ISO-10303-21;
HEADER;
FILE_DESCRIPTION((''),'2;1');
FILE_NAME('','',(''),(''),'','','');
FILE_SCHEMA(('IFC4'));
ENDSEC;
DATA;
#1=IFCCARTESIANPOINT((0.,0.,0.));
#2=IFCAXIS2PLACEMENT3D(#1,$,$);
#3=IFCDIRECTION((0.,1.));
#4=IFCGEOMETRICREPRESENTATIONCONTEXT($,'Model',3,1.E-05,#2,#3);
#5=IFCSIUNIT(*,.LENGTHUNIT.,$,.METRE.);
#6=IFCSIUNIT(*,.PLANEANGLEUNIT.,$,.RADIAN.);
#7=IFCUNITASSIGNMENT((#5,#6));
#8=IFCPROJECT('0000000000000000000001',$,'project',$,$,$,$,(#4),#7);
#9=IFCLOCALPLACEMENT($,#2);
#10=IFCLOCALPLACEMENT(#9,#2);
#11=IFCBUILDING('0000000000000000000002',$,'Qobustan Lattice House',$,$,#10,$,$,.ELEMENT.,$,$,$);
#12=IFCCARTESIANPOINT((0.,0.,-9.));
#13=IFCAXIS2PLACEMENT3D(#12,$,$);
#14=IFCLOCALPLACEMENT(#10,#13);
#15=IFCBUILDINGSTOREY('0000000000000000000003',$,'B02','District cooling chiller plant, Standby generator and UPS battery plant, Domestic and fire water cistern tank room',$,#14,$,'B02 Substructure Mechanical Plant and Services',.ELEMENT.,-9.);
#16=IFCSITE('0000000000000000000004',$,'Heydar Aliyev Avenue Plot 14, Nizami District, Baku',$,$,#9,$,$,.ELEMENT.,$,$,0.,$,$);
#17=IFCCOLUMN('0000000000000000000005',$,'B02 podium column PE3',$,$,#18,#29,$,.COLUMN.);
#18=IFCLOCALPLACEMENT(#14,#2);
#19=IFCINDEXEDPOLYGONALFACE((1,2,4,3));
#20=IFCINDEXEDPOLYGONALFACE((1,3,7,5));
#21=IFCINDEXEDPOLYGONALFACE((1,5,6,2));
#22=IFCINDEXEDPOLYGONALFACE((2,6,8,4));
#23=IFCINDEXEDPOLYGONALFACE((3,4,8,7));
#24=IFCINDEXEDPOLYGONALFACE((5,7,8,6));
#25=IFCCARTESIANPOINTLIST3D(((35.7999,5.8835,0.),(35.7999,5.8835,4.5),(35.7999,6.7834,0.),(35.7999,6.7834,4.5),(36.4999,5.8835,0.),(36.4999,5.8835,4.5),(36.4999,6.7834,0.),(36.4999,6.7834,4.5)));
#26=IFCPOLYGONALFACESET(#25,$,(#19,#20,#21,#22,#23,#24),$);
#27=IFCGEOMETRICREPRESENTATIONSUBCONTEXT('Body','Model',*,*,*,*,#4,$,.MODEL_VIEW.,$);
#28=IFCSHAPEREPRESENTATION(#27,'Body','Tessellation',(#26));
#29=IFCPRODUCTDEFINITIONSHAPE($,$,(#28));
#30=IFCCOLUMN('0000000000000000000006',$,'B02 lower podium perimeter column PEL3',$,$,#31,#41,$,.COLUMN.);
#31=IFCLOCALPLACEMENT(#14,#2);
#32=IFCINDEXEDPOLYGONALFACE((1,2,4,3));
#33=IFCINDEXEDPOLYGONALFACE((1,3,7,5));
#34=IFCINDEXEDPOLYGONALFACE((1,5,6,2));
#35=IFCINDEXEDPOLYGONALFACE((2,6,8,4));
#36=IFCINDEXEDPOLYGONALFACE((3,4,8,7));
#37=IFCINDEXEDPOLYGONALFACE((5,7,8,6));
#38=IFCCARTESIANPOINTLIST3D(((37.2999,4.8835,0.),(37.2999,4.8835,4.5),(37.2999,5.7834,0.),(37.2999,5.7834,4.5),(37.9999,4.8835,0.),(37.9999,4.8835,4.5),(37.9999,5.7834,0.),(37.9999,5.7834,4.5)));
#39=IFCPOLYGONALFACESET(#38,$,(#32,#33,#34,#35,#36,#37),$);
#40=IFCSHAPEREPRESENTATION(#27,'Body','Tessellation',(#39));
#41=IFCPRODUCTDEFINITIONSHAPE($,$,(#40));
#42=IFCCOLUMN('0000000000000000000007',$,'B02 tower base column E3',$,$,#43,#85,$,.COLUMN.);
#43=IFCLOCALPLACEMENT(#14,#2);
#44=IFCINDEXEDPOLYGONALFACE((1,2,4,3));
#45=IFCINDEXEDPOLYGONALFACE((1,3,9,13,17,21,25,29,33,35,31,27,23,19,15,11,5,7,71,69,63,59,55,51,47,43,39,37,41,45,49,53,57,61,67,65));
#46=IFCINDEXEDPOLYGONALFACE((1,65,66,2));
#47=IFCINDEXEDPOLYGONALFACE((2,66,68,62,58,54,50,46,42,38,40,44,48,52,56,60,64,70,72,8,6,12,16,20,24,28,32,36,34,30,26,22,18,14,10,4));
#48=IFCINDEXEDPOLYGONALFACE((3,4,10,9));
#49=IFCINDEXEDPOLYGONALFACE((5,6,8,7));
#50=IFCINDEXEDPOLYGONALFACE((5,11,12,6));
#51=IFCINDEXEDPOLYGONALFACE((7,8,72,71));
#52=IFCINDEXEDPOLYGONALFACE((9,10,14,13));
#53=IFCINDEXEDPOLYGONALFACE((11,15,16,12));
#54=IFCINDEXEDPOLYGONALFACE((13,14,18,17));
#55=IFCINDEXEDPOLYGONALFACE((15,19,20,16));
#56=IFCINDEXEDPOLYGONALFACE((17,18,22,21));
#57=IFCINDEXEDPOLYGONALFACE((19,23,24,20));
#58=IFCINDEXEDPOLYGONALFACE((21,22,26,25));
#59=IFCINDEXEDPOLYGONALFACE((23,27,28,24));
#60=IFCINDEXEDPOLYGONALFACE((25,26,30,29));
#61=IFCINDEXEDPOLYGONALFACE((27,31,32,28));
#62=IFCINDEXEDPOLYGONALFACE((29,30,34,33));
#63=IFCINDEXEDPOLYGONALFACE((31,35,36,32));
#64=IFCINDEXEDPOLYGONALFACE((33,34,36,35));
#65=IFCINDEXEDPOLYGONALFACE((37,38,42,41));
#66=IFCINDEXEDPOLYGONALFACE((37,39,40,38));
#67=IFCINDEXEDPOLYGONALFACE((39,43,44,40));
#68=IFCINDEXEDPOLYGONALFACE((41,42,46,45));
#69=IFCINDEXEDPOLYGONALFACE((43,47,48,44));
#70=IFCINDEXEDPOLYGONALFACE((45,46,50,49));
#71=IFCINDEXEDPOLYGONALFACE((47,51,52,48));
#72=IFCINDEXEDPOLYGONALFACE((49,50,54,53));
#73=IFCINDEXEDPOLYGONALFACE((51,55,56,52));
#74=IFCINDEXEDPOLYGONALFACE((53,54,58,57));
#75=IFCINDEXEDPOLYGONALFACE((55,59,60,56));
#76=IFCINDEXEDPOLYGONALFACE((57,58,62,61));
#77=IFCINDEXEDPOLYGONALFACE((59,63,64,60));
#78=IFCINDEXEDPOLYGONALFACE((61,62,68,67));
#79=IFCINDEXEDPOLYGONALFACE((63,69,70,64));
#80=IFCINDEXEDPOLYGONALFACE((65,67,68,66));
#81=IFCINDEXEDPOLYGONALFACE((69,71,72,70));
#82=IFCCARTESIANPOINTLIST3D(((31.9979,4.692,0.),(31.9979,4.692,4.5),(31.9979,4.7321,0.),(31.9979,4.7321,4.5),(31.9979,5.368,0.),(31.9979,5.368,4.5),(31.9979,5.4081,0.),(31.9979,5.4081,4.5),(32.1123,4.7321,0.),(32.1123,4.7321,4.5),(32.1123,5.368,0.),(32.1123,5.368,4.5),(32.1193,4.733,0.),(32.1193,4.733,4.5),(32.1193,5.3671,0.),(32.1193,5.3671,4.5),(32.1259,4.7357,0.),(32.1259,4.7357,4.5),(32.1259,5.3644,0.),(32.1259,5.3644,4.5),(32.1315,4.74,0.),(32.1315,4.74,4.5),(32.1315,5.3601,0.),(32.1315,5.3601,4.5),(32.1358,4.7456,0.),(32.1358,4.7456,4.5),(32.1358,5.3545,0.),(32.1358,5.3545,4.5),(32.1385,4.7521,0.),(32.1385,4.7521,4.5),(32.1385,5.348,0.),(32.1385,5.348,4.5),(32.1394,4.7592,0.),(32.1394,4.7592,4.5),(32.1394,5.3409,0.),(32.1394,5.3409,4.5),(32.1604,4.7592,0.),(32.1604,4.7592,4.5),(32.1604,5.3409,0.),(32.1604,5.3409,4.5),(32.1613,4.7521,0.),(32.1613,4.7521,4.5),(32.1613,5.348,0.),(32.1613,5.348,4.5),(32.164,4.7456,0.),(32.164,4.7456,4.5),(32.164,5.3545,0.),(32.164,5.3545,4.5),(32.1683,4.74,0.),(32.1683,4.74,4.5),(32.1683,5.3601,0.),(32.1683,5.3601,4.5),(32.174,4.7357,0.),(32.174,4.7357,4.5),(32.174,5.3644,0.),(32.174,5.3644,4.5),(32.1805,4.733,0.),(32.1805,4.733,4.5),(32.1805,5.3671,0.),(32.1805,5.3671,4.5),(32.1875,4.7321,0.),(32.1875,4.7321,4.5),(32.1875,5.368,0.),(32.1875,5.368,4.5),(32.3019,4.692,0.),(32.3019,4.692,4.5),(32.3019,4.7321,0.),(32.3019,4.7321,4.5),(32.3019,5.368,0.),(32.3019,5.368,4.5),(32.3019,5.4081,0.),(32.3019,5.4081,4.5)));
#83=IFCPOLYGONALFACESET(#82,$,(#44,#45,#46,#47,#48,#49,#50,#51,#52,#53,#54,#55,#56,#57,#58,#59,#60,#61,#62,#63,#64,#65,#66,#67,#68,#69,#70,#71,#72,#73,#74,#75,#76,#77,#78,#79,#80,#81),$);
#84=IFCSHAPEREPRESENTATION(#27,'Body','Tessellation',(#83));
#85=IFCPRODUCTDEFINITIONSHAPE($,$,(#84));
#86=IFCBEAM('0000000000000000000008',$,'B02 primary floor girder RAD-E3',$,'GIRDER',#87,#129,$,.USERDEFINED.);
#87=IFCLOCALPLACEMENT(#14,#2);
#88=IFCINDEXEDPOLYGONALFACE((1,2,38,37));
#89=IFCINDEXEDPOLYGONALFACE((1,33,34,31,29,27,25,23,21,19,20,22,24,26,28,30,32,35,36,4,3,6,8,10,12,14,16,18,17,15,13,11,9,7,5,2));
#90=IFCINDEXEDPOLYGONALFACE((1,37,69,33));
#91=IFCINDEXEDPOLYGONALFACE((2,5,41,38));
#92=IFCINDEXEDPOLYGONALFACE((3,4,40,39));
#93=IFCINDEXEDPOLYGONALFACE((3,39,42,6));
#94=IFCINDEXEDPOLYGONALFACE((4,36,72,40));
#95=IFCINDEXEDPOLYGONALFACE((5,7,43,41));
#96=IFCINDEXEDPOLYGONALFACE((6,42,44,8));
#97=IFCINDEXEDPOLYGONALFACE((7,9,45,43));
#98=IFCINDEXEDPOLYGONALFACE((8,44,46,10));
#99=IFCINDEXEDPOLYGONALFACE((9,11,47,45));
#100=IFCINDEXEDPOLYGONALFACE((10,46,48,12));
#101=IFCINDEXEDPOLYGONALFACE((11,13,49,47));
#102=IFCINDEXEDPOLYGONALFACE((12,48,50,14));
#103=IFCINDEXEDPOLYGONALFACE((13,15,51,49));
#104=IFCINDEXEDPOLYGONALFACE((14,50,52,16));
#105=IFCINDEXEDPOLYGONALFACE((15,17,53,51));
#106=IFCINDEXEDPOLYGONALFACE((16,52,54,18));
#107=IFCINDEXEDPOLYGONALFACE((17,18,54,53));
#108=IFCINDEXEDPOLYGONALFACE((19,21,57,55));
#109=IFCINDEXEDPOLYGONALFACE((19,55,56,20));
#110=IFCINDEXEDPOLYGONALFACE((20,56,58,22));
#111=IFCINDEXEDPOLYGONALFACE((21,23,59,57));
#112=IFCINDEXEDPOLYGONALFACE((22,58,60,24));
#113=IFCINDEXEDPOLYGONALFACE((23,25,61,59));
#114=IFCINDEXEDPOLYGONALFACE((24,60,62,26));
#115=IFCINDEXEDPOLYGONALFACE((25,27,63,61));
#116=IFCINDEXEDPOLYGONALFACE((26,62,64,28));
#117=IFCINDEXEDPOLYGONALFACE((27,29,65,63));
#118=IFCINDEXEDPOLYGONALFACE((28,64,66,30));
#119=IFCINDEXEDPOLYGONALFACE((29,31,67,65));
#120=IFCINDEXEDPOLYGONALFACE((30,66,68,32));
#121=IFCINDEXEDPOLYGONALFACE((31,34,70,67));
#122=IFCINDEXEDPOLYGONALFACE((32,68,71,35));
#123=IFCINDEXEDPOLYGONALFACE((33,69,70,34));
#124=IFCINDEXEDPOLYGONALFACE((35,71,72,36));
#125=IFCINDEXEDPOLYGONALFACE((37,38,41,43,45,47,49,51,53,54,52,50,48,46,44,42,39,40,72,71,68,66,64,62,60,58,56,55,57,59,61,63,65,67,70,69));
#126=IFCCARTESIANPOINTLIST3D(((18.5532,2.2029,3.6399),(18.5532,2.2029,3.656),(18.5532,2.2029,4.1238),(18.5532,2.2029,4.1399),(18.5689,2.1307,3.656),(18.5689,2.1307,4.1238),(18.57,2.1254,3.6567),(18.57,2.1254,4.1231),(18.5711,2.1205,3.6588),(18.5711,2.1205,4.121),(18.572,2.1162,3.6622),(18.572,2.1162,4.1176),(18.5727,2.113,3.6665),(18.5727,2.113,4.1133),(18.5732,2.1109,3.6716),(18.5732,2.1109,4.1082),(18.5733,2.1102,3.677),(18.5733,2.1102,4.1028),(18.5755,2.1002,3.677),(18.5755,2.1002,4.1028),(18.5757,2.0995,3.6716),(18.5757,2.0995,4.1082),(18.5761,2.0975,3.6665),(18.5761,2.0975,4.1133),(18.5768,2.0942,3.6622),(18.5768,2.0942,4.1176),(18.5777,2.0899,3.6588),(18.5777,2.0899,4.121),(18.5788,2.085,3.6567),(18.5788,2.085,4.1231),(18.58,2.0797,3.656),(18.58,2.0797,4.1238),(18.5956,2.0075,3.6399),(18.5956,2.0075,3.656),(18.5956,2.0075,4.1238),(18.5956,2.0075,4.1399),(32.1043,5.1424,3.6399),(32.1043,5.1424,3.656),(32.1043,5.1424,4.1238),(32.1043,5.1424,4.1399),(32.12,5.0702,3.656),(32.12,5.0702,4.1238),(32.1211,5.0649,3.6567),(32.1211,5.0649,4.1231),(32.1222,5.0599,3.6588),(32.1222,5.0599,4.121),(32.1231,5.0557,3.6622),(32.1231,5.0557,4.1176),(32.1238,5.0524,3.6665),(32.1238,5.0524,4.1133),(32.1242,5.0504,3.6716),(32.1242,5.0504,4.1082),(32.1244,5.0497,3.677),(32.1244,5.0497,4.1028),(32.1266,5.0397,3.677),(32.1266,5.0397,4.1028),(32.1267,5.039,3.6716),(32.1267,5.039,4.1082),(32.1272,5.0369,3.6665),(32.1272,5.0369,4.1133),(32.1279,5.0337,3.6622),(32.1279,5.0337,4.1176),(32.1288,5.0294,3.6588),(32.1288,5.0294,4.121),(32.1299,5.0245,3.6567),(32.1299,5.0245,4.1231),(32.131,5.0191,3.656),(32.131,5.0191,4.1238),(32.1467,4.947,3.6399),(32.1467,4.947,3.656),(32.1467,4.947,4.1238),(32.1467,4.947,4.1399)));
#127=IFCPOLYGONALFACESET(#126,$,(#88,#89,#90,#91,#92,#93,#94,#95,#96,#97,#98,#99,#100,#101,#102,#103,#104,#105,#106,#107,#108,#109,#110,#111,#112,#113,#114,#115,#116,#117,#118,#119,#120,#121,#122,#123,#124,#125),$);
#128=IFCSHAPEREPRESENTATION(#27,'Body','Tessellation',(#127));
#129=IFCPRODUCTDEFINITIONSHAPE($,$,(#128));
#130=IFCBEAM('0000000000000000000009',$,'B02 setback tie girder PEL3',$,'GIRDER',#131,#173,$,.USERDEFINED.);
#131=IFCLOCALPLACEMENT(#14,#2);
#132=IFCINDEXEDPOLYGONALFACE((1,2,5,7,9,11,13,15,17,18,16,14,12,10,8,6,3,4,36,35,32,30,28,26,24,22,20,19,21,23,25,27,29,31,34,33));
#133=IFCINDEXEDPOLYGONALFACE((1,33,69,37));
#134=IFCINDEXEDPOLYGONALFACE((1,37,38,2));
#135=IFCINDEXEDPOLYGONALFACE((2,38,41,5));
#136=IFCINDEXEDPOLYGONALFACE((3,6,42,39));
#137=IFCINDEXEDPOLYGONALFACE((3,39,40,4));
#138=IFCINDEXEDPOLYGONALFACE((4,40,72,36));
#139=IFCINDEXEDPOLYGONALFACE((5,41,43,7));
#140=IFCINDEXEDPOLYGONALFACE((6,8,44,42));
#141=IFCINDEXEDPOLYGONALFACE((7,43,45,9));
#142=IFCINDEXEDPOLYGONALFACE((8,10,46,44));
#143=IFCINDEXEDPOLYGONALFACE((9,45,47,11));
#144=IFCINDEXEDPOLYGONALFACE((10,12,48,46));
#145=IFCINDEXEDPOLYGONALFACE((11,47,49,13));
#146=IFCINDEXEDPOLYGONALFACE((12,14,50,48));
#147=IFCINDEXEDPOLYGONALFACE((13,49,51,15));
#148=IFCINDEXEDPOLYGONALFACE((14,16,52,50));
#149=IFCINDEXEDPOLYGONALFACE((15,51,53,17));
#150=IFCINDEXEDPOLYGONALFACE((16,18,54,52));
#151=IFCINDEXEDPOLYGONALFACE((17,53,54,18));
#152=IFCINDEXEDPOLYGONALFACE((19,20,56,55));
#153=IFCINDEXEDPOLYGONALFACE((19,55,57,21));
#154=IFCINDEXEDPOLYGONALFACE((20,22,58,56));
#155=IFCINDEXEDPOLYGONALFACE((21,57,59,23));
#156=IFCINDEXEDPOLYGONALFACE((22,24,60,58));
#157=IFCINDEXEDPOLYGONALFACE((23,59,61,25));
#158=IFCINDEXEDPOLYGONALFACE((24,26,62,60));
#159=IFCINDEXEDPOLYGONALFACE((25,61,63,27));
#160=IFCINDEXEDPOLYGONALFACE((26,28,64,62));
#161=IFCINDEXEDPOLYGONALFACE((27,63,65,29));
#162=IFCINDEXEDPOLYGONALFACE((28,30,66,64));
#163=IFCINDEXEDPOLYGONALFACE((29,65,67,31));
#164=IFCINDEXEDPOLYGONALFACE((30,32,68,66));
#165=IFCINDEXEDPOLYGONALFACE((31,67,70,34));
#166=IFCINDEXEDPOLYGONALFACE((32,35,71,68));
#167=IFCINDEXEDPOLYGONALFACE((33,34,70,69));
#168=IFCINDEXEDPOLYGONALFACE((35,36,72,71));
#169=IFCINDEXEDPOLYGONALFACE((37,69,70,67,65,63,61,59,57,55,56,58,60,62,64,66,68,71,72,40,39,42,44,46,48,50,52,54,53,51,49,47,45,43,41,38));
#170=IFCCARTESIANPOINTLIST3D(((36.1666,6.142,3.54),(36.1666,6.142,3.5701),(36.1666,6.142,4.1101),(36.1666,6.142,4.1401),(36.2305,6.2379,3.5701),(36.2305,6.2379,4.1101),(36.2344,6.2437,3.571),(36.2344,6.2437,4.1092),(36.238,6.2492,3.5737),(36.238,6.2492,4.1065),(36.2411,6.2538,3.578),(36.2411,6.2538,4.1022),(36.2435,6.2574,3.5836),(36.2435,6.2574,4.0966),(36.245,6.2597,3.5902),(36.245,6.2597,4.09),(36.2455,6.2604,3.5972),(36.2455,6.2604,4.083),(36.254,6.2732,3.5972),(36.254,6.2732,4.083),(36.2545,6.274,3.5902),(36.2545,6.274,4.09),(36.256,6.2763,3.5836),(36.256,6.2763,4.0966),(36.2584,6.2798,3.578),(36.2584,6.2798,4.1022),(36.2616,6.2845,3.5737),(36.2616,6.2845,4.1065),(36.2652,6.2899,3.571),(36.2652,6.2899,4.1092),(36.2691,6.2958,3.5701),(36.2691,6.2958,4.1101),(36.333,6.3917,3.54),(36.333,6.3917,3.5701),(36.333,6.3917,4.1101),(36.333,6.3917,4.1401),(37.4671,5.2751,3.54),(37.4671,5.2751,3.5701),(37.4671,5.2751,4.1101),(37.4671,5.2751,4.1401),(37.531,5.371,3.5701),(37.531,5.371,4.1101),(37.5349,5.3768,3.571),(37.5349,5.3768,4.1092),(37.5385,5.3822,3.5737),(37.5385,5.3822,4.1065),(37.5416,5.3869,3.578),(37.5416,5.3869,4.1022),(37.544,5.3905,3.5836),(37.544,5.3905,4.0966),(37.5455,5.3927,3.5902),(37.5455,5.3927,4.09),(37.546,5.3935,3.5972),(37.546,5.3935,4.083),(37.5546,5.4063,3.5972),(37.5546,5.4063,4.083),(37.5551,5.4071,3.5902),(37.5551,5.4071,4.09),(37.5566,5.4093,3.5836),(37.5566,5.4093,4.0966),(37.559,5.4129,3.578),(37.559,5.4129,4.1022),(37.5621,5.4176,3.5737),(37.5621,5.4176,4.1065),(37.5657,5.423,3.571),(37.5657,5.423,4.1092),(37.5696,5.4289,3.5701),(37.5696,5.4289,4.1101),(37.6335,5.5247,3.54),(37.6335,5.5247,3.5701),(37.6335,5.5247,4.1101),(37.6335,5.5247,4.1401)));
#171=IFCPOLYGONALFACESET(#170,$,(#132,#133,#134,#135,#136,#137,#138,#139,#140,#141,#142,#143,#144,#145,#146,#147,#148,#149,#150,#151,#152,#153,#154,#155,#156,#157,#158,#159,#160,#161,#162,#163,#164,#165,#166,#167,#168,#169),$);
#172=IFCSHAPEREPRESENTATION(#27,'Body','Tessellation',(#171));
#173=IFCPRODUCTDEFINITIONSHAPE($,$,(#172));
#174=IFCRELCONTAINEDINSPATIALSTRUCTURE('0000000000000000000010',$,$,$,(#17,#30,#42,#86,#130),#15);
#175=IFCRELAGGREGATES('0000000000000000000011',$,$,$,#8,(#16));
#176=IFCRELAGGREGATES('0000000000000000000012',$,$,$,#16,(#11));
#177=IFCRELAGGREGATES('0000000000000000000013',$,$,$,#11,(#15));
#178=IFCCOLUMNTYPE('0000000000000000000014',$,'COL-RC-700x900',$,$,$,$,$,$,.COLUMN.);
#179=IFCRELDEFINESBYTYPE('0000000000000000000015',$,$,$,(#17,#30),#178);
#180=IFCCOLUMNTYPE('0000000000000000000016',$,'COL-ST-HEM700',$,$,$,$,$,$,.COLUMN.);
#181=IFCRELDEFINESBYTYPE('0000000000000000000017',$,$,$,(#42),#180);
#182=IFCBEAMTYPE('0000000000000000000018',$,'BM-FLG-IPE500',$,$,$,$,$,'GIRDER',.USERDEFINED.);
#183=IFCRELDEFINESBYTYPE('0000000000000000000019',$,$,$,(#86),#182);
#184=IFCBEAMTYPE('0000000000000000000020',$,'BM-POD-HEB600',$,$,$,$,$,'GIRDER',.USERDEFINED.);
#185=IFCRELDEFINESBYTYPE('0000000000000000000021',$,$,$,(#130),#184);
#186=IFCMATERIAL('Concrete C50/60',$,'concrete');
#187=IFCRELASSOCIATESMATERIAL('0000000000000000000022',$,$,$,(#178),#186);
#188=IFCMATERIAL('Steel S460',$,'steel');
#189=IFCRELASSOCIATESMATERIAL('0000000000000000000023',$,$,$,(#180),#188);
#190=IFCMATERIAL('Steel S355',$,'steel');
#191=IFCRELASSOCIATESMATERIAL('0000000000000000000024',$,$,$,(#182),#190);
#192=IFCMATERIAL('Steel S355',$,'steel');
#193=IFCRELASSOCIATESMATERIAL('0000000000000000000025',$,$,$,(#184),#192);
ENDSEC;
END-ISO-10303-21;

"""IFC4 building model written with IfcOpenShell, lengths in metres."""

from ifc_helpers import new_model, si_unit, direction, frame, origin, origin_2d, place, context, subcontext, project, spatial, rectangle, i_section, extrude, material, material_profile, profile_set, type_object, element, save


model = new_model("IFC4")

# Units and contexts
model_context = context("Model", 3, precision=1e-05, world=origin(), true_north=direction((0.0, 1.0)))
body_context = subcontext(model_context, "Body", "Model", "MODEL_VIEW")
ifc_project = project(units=[si_unit("LENGTHUNIT", "METRE"), si_unit("PLANEANGLEUNIT", "RADIAN")], contexts=[model_context])

# Site, building, storey
site_placement = place(None, origin())
site = spatial("IfcSite", under=ifc_project, at=site_placement, Name="Heydar Aliyev Avenue Plot 14, Nizami District, Baku", CompositionType="ELEMENT", RefElevation=0.0)
building_placement = place(site_placement, origin())
building = spatial("IfcBuilding", under=site, at=building_placement, Name="Qobustan Lattice House", CompositionType="ELEMENT")
storey_placement = place(building_placement, frame((0.0, 0.0, -9.0)))
storey = spatial("IfcBuildingStorey", under=building, at=storey_placement, Name="B02", Description="District cooling chiller plant, Standby generator and UPS battery plant, Domestic and fire water cistern tank room", LongName="B02 Substructure Mechanical Plant and Services", CompositionType="ELEMENT", Elevation=-9.0)

# Columns
ifc_material_1 = material(Name="Concrete C50/60", Category="concrete")
ifc_material_profile_1 = material_profile(ifc_material_1, rectangle(XDim=0.7, YDim=0.8999, at=origin_2d()), Name="RC700x900")
ifc_profile_set_1 = profile_set([ifc_material_profile_1], Name="Concrete C50/60")
column_type_1 = type_object("IfcColumnType", Name="COL-RC-700x900", PredefinedType="COLUMN", material=ifc_profile_set_1)
for number, where, z_axis, x_axis, name in (
    (1, (36.1499, 6.3335, 0.0), (0.0, 0.0, 1.0), (1.0, 0.0, 0.0), "B02 podium column PE3"),
    (2, (37.6499, 5.3335, 0.0), (0.0, 0.0, 1.0), (1.0, 0.0, 0.0), "B02 lower podium perimeter column PEL3"),
):
    element("IfcColumn", number, at=place(storey_placement, frame(where, z_axis=z_axis, x_axis=x_axis)), inside=storey, type_object=column_type_1, Name=name, PredefinedType="COLUMN", context=body_context, shape_type="SweptSolid", body=[
        extrude(rectangle(XDim=0.7, YDim=0.8999, at=origin_2d()), origin(), (0.0, 0.0, 1.0), 4.5),
    ])
ifc_material_2 = material(Name="Steel S460", Category="steel")
ifc_material_profile_2 = material_profile(ifc_material_2, i_section(OverallWidth=0.304, OverallDepth=0.7161, WebThickness=0.021, FlangeThickness=0.04, FilletRadius=0.0271, at=origin_2d()), Name="HEM700")
ifc_profile_set_2 = profile_set([ifc_material_profile_2], Name="Steel S460")
column_type_2 = type_object("IfcColumnType", Name="COL-ST-HEM700", PredefinedType="COLUMN", material=ifc_profile_set_2)
column_1_placement = place(storey_placement, frame((32.1499, 5.05, 0.0), z_axis=(0.0, 0.0, 1.0), x_axis=(1.0, 0.0, 0.0)))
element("IfcColumn", 3, at=column_1_placement, inside=storey, type_object=column_type_2, Name="B02 tower base column E3", PredefinedType="COLUMN", context=body_context, shape_type="SweptSolid", body=[
    extrude(i_section(OverallWidth=0.304, OverallDepth=0.7161, WebThickness=0.021, FlangeThickness=0.04, FilletRadius=0.0271, at=origin_2d()), origin(), (0.0, 0.0, 1.0), 4.5),
])

# Beams
ifc_material_3 = material(Name="Steel S355", Category="steel")
ifc_material_profile_3 = material_profile(ifc_material_3, i_section(OverallWidth=0.2, OverallDepth=0.5, WebThickness=0.0103, FlangeThickness=0.0161, FilletRadius=0.021, at=origin_2d()), Name="IPE500")
ifc_profile_set_3 = profile_set([ifc_material_profile_3], Name="Steel S355")
beam_type_1 = type_object("IfcBeamType", Name="BM-FLG-IPE500", ElementType="GIRDER", PredefinedType="USERDEFINED", material=ifc_profile_set_3)
beam_1_placement = place(storey_placement, frame((32.1255, 5.0447, 3.8899), z_axis=(-0.977272, -0.211987, 0.0), x_axis=(0.211987, -0.977272, 0.0)))
element("IfcBeam", 4, at=beam_1_placement, inside=storey, type_object=beam_type_1, Name="B02 primary floor girder RAD-E3", ObjectType="GIRDER", PredefinedType="USERDEFINED", context=body_context, shape_type="SweptSolid", body=[
    extrude(i_section(OverallWidth=0.2, OverallDepth=0.5, WebThickness=0.0103, FlangeThickness=0.0161, FilletRadius=0.021, at=origin_2d()), origin(), (0.0, 0.0, 1.0), 13.8662),
])
ifc_material_4 = material(Name="Steel S355", Category="steel")
ifc_material_profile_4 = material_profile(ifc_material_4, i_section(OverallWidth=0.3, OverallDepth=0.6001, WebThickness=0.0154, FlangeThickness=0.03, FilletRadius=0.0271, at=origin_2d()), Name="HEB600")
ifc_profile_set_4 = profile_set([ifc_material_profile_4], Name="Steel S355")
beam_type_2 = type_object("IfcBeamType", Name="BM-POD-HEB600", ElementType="GIRDER", PredefinedType="USERDEFINED", material=ifc_profile_set_4)
beam_2_placement = place(storey_placement, frame((37.5503, 5.3999, 3.8401), z_axis=(-0.832074, 0.554664, 0.0), x_axis=(-0.554664, -0.832074, 0.0)))
element("IfcBeam", 5, at=beam_2_placement, inside=storey, type_object=beam_type_2, Name="B02 setback tie girder PEL3", ObjectType="GIRDER", PredefinedType="USERDEFINED", context=body_context, shape_type="SweptSolid", body=[
    extrude(i_section(OverallWidth=0.3, OverallDepth=0.6001, WebThickness=0.0154, FlangeThickness=0.03, FilletRadius=0.0271, at=origin_2d()), origin(), (0.0, 0.0, 1.0), 1.563),
])

save(model, "model.ifc")
